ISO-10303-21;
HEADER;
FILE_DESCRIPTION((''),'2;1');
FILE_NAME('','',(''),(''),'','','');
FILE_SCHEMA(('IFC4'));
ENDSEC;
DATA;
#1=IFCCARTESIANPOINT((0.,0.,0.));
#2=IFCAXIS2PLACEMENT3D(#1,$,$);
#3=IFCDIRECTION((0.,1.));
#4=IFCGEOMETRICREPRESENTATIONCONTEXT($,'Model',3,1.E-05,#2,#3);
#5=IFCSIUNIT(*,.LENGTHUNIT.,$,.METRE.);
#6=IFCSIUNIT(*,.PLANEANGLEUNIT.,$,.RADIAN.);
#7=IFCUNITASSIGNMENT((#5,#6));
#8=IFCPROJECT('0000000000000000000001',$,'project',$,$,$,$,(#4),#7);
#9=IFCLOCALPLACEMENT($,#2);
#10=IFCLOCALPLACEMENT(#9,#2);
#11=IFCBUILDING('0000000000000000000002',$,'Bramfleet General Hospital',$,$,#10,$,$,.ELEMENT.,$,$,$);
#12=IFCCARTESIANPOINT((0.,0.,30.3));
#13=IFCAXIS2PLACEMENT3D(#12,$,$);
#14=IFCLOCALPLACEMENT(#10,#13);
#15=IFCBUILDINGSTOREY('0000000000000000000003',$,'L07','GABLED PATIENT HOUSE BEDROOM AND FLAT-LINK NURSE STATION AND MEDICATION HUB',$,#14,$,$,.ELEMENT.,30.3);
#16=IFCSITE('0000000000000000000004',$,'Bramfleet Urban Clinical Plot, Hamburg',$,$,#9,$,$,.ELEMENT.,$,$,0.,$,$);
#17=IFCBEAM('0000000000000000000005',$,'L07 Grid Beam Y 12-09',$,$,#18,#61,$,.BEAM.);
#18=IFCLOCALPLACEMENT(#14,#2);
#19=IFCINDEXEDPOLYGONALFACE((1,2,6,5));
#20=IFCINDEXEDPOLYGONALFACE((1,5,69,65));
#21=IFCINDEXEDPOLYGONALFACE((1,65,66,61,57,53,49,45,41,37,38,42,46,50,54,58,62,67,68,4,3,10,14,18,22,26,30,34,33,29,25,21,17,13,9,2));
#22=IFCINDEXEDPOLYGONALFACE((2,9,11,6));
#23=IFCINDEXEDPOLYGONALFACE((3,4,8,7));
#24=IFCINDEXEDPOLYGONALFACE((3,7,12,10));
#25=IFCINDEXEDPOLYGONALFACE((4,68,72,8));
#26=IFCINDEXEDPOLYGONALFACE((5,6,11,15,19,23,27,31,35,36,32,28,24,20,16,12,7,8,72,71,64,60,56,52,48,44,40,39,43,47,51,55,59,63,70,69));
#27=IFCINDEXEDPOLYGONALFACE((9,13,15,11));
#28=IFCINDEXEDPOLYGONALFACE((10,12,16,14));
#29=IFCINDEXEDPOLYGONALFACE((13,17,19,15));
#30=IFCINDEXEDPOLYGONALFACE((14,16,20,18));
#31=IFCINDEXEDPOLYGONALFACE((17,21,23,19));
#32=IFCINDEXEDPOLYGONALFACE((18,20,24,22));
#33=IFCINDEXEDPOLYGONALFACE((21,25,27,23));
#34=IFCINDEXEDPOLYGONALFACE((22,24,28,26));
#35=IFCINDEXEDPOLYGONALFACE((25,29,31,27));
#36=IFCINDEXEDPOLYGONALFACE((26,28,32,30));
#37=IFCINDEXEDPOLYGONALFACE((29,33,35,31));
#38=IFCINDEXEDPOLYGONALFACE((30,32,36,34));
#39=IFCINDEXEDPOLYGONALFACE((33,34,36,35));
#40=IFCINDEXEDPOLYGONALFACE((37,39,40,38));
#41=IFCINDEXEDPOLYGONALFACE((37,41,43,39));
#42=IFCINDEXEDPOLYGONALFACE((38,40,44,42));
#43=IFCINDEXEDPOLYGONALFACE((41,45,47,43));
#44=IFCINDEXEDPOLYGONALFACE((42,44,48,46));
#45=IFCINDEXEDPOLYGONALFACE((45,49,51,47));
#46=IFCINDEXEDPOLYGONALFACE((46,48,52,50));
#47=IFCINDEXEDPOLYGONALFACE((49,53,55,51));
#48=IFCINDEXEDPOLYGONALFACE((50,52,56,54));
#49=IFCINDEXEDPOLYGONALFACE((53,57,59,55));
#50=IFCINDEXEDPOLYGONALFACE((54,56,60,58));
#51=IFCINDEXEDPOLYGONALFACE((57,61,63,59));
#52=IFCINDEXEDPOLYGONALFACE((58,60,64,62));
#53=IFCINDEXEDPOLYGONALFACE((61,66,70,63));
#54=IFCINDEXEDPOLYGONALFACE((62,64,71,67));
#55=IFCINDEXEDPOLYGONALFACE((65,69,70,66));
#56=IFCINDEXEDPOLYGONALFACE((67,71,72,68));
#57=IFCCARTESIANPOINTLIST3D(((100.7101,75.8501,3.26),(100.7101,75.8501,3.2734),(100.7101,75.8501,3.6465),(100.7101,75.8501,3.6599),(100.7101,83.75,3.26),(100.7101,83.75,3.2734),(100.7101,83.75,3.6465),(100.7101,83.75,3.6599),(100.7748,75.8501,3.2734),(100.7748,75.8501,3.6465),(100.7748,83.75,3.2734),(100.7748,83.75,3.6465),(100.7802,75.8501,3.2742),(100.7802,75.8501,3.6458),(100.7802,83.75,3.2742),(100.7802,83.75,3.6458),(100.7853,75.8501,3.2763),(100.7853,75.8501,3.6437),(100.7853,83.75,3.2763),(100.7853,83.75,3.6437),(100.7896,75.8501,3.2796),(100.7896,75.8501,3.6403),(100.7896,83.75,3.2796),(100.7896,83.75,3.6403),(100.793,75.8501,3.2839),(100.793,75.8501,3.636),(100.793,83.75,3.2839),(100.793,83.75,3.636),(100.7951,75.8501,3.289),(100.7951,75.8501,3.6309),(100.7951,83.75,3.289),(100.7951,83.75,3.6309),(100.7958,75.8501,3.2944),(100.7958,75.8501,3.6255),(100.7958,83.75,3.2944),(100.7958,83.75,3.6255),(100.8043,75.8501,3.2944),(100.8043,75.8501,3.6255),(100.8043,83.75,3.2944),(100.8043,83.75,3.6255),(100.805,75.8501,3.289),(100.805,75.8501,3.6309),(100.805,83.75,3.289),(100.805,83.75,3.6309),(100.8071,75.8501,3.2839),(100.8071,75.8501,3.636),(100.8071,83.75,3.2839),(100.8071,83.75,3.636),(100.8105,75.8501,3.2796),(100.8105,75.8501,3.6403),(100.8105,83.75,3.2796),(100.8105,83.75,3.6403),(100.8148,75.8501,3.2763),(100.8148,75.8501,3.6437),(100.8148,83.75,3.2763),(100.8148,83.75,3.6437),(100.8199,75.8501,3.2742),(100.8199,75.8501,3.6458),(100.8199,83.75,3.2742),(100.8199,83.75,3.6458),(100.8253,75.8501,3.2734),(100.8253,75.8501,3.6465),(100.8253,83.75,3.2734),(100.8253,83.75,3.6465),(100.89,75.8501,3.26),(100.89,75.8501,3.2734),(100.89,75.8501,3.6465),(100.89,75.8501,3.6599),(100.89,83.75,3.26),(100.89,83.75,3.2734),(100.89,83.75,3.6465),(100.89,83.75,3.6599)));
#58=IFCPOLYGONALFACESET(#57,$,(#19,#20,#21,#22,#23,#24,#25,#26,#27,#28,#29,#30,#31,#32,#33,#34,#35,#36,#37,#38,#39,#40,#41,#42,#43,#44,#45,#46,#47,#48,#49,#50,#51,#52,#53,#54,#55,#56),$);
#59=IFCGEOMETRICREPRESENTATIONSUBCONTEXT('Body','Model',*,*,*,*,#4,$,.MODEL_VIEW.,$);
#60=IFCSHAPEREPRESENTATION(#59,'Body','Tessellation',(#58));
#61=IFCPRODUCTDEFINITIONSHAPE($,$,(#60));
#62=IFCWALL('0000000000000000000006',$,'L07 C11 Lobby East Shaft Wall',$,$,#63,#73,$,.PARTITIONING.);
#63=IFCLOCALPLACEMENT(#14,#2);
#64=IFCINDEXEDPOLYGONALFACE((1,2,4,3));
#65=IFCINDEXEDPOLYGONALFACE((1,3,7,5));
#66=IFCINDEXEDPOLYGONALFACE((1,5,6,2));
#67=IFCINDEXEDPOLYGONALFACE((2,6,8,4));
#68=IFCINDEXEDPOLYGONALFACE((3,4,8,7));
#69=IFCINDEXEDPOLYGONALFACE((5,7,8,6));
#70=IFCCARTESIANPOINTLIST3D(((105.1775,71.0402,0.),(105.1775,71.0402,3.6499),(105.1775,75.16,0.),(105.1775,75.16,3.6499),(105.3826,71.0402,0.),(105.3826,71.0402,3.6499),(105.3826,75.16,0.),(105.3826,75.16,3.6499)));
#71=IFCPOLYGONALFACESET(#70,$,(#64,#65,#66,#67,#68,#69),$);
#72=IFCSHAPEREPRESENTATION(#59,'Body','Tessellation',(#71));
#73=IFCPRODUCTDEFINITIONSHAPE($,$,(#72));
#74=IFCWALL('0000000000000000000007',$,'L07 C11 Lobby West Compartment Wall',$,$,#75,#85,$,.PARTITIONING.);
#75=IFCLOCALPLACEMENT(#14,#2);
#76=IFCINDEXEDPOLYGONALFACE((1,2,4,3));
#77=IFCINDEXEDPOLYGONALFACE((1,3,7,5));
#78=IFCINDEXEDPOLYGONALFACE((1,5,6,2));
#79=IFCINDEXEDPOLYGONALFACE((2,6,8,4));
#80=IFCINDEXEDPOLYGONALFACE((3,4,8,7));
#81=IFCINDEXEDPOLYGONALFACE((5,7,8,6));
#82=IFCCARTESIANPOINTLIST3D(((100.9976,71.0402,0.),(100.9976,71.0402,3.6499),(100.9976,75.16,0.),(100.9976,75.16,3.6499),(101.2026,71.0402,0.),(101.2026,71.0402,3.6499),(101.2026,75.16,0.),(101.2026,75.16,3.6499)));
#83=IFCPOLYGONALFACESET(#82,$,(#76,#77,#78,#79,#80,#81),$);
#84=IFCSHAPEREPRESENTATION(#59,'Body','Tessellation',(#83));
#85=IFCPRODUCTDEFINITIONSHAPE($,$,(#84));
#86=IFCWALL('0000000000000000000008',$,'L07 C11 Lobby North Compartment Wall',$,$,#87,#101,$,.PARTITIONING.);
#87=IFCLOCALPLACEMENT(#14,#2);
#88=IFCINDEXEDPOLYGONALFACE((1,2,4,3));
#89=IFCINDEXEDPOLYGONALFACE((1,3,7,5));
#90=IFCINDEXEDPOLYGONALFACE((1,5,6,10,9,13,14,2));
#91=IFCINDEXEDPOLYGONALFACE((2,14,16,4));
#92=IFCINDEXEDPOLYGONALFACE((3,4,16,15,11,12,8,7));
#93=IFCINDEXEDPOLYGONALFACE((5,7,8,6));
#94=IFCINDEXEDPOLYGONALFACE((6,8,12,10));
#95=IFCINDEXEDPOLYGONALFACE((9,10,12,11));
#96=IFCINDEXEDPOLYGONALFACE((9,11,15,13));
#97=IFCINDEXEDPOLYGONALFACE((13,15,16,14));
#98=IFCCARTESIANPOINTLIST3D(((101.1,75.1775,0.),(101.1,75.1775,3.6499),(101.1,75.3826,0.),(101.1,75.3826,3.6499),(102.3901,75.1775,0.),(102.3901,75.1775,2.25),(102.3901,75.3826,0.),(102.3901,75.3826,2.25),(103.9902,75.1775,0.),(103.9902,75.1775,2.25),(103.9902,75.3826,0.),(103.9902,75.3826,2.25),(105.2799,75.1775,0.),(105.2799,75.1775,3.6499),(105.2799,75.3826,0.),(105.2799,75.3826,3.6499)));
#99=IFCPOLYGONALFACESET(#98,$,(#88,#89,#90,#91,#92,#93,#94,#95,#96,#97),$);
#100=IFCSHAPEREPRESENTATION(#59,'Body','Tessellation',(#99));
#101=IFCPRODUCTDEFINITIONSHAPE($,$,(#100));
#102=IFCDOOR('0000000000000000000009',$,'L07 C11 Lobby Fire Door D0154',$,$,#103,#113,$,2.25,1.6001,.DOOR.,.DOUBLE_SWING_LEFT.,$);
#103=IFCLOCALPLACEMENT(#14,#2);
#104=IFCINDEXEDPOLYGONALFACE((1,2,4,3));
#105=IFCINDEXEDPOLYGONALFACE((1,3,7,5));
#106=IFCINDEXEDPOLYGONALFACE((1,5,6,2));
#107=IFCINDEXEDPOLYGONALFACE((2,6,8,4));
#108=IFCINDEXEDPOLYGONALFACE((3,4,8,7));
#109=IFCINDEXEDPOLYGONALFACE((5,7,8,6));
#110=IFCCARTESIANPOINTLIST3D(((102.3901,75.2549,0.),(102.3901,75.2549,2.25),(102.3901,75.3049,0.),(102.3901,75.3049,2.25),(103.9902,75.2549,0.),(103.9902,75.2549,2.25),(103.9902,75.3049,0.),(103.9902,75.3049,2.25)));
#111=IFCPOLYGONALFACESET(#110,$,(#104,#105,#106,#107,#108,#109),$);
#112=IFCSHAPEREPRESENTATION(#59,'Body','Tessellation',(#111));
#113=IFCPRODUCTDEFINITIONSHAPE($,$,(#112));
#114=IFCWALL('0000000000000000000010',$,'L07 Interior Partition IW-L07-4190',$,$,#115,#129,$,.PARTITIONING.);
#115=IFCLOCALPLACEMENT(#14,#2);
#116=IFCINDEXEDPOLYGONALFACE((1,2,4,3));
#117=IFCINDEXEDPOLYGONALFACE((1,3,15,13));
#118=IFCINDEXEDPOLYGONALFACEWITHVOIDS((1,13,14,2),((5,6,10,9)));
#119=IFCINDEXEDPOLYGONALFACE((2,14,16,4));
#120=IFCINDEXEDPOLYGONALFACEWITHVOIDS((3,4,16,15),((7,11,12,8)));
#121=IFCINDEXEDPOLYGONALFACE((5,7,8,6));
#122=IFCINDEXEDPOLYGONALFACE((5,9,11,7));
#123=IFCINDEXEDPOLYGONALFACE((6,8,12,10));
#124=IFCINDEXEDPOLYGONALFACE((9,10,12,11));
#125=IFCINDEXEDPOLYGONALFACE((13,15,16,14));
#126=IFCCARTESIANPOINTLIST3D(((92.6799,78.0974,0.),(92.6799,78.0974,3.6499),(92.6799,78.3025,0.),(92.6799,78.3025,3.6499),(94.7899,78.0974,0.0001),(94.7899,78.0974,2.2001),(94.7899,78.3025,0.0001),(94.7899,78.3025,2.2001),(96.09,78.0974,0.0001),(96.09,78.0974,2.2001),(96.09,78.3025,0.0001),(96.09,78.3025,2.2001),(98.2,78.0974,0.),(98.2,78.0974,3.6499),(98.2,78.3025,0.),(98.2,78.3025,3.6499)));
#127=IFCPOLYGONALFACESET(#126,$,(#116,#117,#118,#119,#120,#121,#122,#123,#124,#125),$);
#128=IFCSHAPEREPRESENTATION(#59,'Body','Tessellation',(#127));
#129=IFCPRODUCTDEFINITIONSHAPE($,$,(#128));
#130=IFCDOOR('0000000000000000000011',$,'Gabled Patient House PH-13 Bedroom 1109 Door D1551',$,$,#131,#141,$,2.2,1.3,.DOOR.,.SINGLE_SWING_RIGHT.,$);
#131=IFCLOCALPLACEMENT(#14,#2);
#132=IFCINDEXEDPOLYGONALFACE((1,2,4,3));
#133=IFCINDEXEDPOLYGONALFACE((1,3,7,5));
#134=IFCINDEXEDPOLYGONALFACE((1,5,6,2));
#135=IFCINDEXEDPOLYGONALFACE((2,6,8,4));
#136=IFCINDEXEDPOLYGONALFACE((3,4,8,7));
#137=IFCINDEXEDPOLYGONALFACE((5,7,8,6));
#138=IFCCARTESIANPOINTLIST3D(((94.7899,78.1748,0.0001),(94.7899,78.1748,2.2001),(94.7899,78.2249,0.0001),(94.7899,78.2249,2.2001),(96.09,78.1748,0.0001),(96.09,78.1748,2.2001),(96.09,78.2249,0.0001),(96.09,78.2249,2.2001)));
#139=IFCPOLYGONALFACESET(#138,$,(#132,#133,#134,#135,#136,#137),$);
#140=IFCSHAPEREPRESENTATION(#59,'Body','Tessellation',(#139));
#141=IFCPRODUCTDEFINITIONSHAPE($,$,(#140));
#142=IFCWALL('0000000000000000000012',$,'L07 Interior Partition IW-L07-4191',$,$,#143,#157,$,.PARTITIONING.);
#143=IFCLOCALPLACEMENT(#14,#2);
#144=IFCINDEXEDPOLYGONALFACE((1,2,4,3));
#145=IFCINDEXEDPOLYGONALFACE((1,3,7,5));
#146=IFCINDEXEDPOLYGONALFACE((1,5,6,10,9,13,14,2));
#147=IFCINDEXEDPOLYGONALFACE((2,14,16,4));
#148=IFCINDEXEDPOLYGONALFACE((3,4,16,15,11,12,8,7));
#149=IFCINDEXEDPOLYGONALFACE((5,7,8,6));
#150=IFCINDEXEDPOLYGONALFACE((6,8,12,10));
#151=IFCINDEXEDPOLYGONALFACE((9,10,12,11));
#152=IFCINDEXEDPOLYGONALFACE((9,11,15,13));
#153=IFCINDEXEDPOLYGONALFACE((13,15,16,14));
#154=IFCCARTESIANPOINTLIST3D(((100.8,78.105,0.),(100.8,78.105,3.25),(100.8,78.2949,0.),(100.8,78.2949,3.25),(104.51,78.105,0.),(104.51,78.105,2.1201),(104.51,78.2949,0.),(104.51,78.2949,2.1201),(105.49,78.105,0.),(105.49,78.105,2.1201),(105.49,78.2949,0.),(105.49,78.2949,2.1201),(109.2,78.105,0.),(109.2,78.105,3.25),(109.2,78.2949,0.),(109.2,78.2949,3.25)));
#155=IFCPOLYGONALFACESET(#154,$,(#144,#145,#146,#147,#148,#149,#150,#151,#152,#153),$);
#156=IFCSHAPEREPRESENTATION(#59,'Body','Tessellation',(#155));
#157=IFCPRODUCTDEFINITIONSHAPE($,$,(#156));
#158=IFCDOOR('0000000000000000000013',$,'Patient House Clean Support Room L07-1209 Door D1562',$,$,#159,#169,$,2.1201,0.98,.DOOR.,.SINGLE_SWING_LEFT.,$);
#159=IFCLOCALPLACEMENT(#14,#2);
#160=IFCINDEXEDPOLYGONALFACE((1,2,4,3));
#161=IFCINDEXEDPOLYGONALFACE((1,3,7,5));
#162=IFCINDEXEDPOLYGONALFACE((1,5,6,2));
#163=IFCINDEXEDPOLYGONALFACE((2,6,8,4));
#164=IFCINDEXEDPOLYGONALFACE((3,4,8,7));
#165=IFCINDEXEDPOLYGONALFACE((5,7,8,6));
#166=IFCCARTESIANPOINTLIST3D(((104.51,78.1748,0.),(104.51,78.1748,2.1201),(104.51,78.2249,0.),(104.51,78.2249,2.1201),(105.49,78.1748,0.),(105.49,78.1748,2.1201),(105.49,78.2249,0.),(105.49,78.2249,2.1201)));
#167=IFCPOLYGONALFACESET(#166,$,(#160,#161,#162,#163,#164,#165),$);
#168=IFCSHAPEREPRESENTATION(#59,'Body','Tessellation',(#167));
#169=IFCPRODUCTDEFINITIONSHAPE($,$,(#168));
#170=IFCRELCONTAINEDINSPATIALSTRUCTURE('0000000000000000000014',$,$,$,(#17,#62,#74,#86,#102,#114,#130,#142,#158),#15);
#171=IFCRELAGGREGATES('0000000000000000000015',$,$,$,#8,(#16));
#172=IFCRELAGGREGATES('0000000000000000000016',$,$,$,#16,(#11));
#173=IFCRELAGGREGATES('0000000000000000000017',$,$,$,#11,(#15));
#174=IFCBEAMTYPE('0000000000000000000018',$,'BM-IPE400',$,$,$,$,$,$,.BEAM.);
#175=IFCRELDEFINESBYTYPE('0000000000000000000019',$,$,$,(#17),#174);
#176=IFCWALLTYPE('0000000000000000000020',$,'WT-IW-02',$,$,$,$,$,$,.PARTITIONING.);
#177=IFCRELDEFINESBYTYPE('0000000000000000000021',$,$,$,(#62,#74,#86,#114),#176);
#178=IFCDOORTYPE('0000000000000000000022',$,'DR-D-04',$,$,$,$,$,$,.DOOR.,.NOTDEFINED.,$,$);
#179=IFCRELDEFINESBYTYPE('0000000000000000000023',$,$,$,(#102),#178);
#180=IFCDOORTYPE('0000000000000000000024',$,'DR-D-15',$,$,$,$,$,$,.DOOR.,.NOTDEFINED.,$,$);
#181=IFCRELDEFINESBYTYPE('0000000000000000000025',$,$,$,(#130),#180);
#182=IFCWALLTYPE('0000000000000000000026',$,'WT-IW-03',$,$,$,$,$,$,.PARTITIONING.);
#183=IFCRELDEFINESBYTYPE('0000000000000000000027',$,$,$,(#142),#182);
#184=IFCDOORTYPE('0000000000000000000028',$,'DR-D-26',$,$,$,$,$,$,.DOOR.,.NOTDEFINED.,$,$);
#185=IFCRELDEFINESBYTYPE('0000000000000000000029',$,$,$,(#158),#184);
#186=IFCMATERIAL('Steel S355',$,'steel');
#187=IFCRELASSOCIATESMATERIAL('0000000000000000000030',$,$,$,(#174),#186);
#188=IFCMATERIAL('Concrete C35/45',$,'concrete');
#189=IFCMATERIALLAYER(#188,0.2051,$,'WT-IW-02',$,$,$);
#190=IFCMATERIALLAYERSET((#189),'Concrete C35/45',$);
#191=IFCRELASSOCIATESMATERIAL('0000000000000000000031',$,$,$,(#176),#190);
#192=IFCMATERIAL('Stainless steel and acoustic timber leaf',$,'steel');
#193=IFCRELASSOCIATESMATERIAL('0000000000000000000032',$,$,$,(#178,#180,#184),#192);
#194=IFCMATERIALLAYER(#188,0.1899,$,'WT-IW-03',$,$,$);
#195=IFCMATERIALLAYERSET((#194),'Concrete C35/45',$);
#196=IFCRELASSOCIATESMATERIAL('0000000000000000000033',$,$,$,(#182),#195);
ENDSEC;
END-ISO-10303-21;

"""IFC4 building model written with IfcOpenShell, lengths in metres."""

from ifc_helpers import new_model, si_unit, direction, frame, frame_2d, origin, origin_2d, place, context, subcontext, project, spatial, rectangle, i_section, extrude, material, layer, layer_set, material_profile, profile_set, type_object, element, fill, save


model = new_model("IFC4")

# Units and contexts
model_context = context("Model", 3, precision=1e-05, world=origin(), true_north=direction((0.0, 1.0)))
body_context = subcontext(model_context, "Body", "Model", "MODEL_VIEW")
ifc_project = project(units=[si_unit("LENGTHUNIT", "METRE"), si_unit("PLANEANGLEUNIT", "RADIAN")], contexts=[model_context])

# Site, building, storey
site_placement = place(None, origin())
site = spatial("IfcSite", under=ifc_project, at=site_placement, Name="Bramfleet Urban Clinical Plot, Hamburg", CompositionType="ELEMENT", RefElevation=0.0)
building_placement = place(site_placement, origin())
building = spatial("IfcBuilding", under=site, at=building_placement, Name="Bramfleet General Hospital", CompositionType="ELEMENT")
storey_placement = place(building_placement, frame((0.0, 0.0, 30.3)))
storey = spatial("IfcBuildingStorey", under=building, at=storey_placement, Name="L07", Description="GABLED PATIENT HOUSE BEDROOM AND FLAT-LINK NURSE STATION AND MEDICATION HUB", CompositionType="ELEMENT", Elevation=30.3)

# Beam
ifc_material_1 = material(Name="Steel S355", Category="steel")
ifc_material_profile_1 = material_profile(ifc_material_1, i_section(OverallWidth=0.1799, OverallDepth=0.3999, WebThickness=0.0085, FlangeThickness=0.0134, FilletRadius=0.021, at=origin_2d()), Name="IPE 400")
ifc_profile_set_1 = profile_set([ifc_material_profile_1], Name="Steel S355")
beam_type_1 = type_object("IfcBeamType", Name="BM-IPE400", PredefinedType="BEAM", material=ifc_profile_set_1)
for number, where, z_axis, x_axis, name in (
    (1, (100.8, 75.8501, 3.46), (0.0, 1.0, 0.0), (-1.0, 0.0, 0.0), "L07 Grid Beam Y 12-09"),
):
    element("IfcBeam", number, at=place(storey_placement, frame(where, z_axis=z_axis, x_axis=x_axis)), inside=storey, type_object=beam_type_1, Name=name, PredefinedType="BEAM", context=body_context, shape_type="SweptSolid", body=[
        extrude(i_section(OverallWidth=0.1799, OverallDepth=0.3999, WebThickness=0.0085, FlangeThickness=0.0134, FilletRadius=0.021, at=origin_2d()), origin(), (0.0, 0.0, 1.0), 7.8999),
    ])

# Walls
ifc_material_2 = material(Name="Concrete C35/45", Category="concrete")
ifc_layer_1 = layer(ifc_material_2, 0.2051, Name="WT-IW-02")
ifc_layer_set_1 = layer_set([ifc_layer_1], Name="Concrete C35/45")
wall_type_1 = type_object("IfcWallType", Name="WT-IW-02", PredefinedType="PARTITIONING", material=ifc_layer_set_1)
for number, where, z_axis, x_axis, name in (
    (2, (105.28, 71.04, 0.0), (0.0, 0.0, 1.0), (0.0, 1.0, 0.0), "L07 C11 Lobby East Shaft Wall"),
    (3, (101.1001, 71.04, 0.0), (0.0, 0.0, 1.0), (0.0, 1.0, 0.0), "L07 C11 Lobby West Compartment Wall"),
):
    element("IfcWall", number, at=place(storey_placement, frame(where, z_axis=z_axis, x_axis=x_axis)), inside=storey, type_object=wall_type_1, Name=name, PredefinedType="PARTITIONING", context=body_context, shape_type="SweptSolid", body=[
        extrude(rectangle(XDim=4.1199, YDim=0.2051, at=frame_2d((2.0601, 0.0))), origin(), (0.0, 0.0, 1.0), 3.6499),
    ])

# Walls, openings, doors
wall_1_placement = place(storey_placement, frame((101.1001, 75.28, 0.0), z_axis=(0.0, 0.0, 1.0), x_axis=(1.0, 0.0, 0.0)))
wall_1 = element("IfcWall", 4, at=wall_1_placement, inside=storey, type_object=wall_type_1, Name="L07 C11 Lobby North Compartment Wall", PredefinedType="PARTITIONING", context=body_context, shape_type="SweptSolid", body=[
    extrude(rectangle(XDim=4.1799, YDim=0.2051, at=frame_2d((2.0898, 0.0))), origin(), (0.0, 0.0, 1.0), 3.6499),
])
opening_1_placement = place(wall_1_placement, frame((1.29, 0.0, 0.0)))
opening_1 = element("IfcOpeningElement", 5, at=opening_1_placement, cuts=wall_1, PredefinedType="OPENING", context=body_context, shape_type="SweptSolid", body=[
    extrude(rectangle(XDim=1.6001, YDim=2.25, at=frame_2d((0.8, 1.125))), frame((0.0, 0.1125, 0.0), z_axis=(0.0, -1.0, 0.0), x_axis=(1.0, 0.0, 0.0)), (0.0, 0.0, 1.0), 0.2251),
])
ifc_material_3 = material(Name="Stainless steel and acoustic timber leaf", Category="steel")
door_type_1 = type_object("IfcDoorType", Name="DR-D-04", OperationType="NOTDEFINED", PredefinedType="DOOR", material=ifc_material_3)
door_1_placement = place(opening_1_placement, origin())
door_1 = element("IfcDoor", 6, at=door_1_placement, inside=storey, type_object=door_type_1, Name="L07 C11 Lobby Fire Door D0154", OperationType="DOUBLE_SWING_LEFT", OverallHeight=2.25, OverallWidth=1.6001, PredefinedType="DOOR", context=body_context, shape_type="SweptSolid", body=[
    extrude(rectangle(XDim=1.6001, YDim=2.25, at=frame_2d((0.8, 1.125))), frame((0.0, 0.0249, 0.0), z_axis=(0.0, -1.0, 0.0), x_axis=(1.0, 0.0, 0.0)), (0.0, 0.0, 1.0), 0.05),
])
fill(opening_1, door_1)
wall_2_placement = place(storey_placement, frame((92.6799, 78.2, 0.0), z_axis=(0.0, 0.0, 1.0), x_axis=(1.0, 0.0, 0.0)))
wall_2 = element("IfcWall", 7, at=wall_2_placement, inside=storey, type_object=wall_type_1, Name="L07 Interior Partition IW-L07-4190", PredefinedType="PARTITIONING", context=body_context, shape_type="SweptSolid", body=[
    extrude(rectangle(XDim=5.52, YDim=0.2051, at=frame_2d((2.76, 0.0))), origin(), (0.0, 0.0, 1.0), 3.6499),
])
opening_2_placement = place(wall_2_placement, frame((2.1101, 0.0, 0.0)))
opening_2 = element("IfcOpeningElement", 8, at=opening_2_placement, cuts=wall_2, PredefinedType="OPENING", context=body_context, shape_type="SweptSolid", body=[
    extrude(rectangle(XDim=1.3, YDim=2.2, at=frame_2d((0.6499, 1.1001))), frame((0.0, 0.1125, 0.0), z_axis=(0.0, -1.0, 0.0), x_axis=(1.0, 0.0, 0.0)), (0.0, 0.0, 1.0), 0.2251),
])
door_type_2 = type_object("IfcDoorType", Name="DR-D-15", OperationType="NOTDEFINED", PredefinedType="DOOR", material=ifc_material_3)
door_2_placement = place(opening_2_placement, origin())
door_2 = element("IfcDoor", 9, at=door_2_placement, inside=storey, type_object=door_type_2, Name="Gabled Patient House PH-13 Bedroom 1109 Door D1551", OperationType="SINGLE_SWING_RIGHT", OverallHeight=2.2, OverallWidth=1.3, PredefinedType="DOOR", context=body_context, shape_type="SweptSolid", body=[
    extrude(rectangle(XDim=1.3, YDim=2.2, at=frame_2d((0.6499, 1.1001))), frame((0.0, 0.0249, 0.0), z_axis=(0.0, -1.0, 0.0), x_axis=(1.0, 0.0, 0.0)), (0.0, 0.0, 1.0), 0.05),
])
fill(opening_2, door_2)
ifc_layer_2 = layer(ifc_material_2, 0.1899, Name="WT-IW-03")
ifc_layer_set_2 = layer_set([ifc_layer_2], Name="Concrete C35/45")
wall_type_2 = type_object("IfcWallType", Name="WT-IW-03", PredefinedType="PARTITIONING", material=ifc_layer_set_2)
wall_3_placement = place(storey_placement, frame((100.8, 78.2, 0.0), z_axis=(0.0, 0.0, 1.0), x_axis=(1.0, 0.0, 0.0)))
wall_3 = element("IfcWall", 10, at=wall_3_placement, inside=storey, type_object=wall_type_2, Name="L07 Interior Partition IW-L07-4191", PredefinedType="PARTITIONING", context=body_context, shape_type="SweptSolid", body=[
    extrude(rectangle(XDim=8.3999, YDim=0.1899, at=frame_2d((4.2, 0.0))), origin(), (0.0, 0.0, 1.0), 3.25),
])
opening_3_placement = place(wall_3_placement, frame((3.71, 0.0, 0.0)))
opening_3 = element("IfcOpeningElement", 11, at=opening_3_placement, cuts=wall_3, PredefinedType="OPENING", context=body_context, shape_type="SweptSolid", body=[
    extrude(rectangle(XDim=0.98, YDim=2.1201, at=frame_2d((0.49, 1.0601))), frame((0.0, 0.105, 0.0), z_axis=(0.0, -1.0, 0.0), x_axis=(1.0, 0.0, 0.0)), (0.0, 0.0, 1.0), 0.21),
])
door_type_3 = type_object("IfcDoorType", Name="DR-D-26", OperationType="NOTDEFINED", PredefinedType="DOOR", material=ifc_material_3)
door_3_placement = place(opening_3_placement, origin())
door_3 = element("IfcDoor", 12, at=door_3_placement, inside=storey, type_object=door_type_3, Name="Patient House Clean Support Room L07-1209 Door D1562", OperationType="SINGLE_SWING_LEFT", OverallHeight=2.1201, OverallWidth=0.98, PredefinedType="DOOR", context=body_context, shape_type="SweptSolid", body=[
    extrude(rectangle(XDim=0.98, YDim=2.1201, at=frame_2d((0.49, 1.0601))), frame((0.0, 0.0249, 0.0), z_axis=(0.0, -1.0, 0.0), x_axis=(1.0, 0.0, 0.0)), (0.0, 0.0, 1.0), 0.05),
])
fill(opening_3, door_3)

save(model, "model.ifc")
